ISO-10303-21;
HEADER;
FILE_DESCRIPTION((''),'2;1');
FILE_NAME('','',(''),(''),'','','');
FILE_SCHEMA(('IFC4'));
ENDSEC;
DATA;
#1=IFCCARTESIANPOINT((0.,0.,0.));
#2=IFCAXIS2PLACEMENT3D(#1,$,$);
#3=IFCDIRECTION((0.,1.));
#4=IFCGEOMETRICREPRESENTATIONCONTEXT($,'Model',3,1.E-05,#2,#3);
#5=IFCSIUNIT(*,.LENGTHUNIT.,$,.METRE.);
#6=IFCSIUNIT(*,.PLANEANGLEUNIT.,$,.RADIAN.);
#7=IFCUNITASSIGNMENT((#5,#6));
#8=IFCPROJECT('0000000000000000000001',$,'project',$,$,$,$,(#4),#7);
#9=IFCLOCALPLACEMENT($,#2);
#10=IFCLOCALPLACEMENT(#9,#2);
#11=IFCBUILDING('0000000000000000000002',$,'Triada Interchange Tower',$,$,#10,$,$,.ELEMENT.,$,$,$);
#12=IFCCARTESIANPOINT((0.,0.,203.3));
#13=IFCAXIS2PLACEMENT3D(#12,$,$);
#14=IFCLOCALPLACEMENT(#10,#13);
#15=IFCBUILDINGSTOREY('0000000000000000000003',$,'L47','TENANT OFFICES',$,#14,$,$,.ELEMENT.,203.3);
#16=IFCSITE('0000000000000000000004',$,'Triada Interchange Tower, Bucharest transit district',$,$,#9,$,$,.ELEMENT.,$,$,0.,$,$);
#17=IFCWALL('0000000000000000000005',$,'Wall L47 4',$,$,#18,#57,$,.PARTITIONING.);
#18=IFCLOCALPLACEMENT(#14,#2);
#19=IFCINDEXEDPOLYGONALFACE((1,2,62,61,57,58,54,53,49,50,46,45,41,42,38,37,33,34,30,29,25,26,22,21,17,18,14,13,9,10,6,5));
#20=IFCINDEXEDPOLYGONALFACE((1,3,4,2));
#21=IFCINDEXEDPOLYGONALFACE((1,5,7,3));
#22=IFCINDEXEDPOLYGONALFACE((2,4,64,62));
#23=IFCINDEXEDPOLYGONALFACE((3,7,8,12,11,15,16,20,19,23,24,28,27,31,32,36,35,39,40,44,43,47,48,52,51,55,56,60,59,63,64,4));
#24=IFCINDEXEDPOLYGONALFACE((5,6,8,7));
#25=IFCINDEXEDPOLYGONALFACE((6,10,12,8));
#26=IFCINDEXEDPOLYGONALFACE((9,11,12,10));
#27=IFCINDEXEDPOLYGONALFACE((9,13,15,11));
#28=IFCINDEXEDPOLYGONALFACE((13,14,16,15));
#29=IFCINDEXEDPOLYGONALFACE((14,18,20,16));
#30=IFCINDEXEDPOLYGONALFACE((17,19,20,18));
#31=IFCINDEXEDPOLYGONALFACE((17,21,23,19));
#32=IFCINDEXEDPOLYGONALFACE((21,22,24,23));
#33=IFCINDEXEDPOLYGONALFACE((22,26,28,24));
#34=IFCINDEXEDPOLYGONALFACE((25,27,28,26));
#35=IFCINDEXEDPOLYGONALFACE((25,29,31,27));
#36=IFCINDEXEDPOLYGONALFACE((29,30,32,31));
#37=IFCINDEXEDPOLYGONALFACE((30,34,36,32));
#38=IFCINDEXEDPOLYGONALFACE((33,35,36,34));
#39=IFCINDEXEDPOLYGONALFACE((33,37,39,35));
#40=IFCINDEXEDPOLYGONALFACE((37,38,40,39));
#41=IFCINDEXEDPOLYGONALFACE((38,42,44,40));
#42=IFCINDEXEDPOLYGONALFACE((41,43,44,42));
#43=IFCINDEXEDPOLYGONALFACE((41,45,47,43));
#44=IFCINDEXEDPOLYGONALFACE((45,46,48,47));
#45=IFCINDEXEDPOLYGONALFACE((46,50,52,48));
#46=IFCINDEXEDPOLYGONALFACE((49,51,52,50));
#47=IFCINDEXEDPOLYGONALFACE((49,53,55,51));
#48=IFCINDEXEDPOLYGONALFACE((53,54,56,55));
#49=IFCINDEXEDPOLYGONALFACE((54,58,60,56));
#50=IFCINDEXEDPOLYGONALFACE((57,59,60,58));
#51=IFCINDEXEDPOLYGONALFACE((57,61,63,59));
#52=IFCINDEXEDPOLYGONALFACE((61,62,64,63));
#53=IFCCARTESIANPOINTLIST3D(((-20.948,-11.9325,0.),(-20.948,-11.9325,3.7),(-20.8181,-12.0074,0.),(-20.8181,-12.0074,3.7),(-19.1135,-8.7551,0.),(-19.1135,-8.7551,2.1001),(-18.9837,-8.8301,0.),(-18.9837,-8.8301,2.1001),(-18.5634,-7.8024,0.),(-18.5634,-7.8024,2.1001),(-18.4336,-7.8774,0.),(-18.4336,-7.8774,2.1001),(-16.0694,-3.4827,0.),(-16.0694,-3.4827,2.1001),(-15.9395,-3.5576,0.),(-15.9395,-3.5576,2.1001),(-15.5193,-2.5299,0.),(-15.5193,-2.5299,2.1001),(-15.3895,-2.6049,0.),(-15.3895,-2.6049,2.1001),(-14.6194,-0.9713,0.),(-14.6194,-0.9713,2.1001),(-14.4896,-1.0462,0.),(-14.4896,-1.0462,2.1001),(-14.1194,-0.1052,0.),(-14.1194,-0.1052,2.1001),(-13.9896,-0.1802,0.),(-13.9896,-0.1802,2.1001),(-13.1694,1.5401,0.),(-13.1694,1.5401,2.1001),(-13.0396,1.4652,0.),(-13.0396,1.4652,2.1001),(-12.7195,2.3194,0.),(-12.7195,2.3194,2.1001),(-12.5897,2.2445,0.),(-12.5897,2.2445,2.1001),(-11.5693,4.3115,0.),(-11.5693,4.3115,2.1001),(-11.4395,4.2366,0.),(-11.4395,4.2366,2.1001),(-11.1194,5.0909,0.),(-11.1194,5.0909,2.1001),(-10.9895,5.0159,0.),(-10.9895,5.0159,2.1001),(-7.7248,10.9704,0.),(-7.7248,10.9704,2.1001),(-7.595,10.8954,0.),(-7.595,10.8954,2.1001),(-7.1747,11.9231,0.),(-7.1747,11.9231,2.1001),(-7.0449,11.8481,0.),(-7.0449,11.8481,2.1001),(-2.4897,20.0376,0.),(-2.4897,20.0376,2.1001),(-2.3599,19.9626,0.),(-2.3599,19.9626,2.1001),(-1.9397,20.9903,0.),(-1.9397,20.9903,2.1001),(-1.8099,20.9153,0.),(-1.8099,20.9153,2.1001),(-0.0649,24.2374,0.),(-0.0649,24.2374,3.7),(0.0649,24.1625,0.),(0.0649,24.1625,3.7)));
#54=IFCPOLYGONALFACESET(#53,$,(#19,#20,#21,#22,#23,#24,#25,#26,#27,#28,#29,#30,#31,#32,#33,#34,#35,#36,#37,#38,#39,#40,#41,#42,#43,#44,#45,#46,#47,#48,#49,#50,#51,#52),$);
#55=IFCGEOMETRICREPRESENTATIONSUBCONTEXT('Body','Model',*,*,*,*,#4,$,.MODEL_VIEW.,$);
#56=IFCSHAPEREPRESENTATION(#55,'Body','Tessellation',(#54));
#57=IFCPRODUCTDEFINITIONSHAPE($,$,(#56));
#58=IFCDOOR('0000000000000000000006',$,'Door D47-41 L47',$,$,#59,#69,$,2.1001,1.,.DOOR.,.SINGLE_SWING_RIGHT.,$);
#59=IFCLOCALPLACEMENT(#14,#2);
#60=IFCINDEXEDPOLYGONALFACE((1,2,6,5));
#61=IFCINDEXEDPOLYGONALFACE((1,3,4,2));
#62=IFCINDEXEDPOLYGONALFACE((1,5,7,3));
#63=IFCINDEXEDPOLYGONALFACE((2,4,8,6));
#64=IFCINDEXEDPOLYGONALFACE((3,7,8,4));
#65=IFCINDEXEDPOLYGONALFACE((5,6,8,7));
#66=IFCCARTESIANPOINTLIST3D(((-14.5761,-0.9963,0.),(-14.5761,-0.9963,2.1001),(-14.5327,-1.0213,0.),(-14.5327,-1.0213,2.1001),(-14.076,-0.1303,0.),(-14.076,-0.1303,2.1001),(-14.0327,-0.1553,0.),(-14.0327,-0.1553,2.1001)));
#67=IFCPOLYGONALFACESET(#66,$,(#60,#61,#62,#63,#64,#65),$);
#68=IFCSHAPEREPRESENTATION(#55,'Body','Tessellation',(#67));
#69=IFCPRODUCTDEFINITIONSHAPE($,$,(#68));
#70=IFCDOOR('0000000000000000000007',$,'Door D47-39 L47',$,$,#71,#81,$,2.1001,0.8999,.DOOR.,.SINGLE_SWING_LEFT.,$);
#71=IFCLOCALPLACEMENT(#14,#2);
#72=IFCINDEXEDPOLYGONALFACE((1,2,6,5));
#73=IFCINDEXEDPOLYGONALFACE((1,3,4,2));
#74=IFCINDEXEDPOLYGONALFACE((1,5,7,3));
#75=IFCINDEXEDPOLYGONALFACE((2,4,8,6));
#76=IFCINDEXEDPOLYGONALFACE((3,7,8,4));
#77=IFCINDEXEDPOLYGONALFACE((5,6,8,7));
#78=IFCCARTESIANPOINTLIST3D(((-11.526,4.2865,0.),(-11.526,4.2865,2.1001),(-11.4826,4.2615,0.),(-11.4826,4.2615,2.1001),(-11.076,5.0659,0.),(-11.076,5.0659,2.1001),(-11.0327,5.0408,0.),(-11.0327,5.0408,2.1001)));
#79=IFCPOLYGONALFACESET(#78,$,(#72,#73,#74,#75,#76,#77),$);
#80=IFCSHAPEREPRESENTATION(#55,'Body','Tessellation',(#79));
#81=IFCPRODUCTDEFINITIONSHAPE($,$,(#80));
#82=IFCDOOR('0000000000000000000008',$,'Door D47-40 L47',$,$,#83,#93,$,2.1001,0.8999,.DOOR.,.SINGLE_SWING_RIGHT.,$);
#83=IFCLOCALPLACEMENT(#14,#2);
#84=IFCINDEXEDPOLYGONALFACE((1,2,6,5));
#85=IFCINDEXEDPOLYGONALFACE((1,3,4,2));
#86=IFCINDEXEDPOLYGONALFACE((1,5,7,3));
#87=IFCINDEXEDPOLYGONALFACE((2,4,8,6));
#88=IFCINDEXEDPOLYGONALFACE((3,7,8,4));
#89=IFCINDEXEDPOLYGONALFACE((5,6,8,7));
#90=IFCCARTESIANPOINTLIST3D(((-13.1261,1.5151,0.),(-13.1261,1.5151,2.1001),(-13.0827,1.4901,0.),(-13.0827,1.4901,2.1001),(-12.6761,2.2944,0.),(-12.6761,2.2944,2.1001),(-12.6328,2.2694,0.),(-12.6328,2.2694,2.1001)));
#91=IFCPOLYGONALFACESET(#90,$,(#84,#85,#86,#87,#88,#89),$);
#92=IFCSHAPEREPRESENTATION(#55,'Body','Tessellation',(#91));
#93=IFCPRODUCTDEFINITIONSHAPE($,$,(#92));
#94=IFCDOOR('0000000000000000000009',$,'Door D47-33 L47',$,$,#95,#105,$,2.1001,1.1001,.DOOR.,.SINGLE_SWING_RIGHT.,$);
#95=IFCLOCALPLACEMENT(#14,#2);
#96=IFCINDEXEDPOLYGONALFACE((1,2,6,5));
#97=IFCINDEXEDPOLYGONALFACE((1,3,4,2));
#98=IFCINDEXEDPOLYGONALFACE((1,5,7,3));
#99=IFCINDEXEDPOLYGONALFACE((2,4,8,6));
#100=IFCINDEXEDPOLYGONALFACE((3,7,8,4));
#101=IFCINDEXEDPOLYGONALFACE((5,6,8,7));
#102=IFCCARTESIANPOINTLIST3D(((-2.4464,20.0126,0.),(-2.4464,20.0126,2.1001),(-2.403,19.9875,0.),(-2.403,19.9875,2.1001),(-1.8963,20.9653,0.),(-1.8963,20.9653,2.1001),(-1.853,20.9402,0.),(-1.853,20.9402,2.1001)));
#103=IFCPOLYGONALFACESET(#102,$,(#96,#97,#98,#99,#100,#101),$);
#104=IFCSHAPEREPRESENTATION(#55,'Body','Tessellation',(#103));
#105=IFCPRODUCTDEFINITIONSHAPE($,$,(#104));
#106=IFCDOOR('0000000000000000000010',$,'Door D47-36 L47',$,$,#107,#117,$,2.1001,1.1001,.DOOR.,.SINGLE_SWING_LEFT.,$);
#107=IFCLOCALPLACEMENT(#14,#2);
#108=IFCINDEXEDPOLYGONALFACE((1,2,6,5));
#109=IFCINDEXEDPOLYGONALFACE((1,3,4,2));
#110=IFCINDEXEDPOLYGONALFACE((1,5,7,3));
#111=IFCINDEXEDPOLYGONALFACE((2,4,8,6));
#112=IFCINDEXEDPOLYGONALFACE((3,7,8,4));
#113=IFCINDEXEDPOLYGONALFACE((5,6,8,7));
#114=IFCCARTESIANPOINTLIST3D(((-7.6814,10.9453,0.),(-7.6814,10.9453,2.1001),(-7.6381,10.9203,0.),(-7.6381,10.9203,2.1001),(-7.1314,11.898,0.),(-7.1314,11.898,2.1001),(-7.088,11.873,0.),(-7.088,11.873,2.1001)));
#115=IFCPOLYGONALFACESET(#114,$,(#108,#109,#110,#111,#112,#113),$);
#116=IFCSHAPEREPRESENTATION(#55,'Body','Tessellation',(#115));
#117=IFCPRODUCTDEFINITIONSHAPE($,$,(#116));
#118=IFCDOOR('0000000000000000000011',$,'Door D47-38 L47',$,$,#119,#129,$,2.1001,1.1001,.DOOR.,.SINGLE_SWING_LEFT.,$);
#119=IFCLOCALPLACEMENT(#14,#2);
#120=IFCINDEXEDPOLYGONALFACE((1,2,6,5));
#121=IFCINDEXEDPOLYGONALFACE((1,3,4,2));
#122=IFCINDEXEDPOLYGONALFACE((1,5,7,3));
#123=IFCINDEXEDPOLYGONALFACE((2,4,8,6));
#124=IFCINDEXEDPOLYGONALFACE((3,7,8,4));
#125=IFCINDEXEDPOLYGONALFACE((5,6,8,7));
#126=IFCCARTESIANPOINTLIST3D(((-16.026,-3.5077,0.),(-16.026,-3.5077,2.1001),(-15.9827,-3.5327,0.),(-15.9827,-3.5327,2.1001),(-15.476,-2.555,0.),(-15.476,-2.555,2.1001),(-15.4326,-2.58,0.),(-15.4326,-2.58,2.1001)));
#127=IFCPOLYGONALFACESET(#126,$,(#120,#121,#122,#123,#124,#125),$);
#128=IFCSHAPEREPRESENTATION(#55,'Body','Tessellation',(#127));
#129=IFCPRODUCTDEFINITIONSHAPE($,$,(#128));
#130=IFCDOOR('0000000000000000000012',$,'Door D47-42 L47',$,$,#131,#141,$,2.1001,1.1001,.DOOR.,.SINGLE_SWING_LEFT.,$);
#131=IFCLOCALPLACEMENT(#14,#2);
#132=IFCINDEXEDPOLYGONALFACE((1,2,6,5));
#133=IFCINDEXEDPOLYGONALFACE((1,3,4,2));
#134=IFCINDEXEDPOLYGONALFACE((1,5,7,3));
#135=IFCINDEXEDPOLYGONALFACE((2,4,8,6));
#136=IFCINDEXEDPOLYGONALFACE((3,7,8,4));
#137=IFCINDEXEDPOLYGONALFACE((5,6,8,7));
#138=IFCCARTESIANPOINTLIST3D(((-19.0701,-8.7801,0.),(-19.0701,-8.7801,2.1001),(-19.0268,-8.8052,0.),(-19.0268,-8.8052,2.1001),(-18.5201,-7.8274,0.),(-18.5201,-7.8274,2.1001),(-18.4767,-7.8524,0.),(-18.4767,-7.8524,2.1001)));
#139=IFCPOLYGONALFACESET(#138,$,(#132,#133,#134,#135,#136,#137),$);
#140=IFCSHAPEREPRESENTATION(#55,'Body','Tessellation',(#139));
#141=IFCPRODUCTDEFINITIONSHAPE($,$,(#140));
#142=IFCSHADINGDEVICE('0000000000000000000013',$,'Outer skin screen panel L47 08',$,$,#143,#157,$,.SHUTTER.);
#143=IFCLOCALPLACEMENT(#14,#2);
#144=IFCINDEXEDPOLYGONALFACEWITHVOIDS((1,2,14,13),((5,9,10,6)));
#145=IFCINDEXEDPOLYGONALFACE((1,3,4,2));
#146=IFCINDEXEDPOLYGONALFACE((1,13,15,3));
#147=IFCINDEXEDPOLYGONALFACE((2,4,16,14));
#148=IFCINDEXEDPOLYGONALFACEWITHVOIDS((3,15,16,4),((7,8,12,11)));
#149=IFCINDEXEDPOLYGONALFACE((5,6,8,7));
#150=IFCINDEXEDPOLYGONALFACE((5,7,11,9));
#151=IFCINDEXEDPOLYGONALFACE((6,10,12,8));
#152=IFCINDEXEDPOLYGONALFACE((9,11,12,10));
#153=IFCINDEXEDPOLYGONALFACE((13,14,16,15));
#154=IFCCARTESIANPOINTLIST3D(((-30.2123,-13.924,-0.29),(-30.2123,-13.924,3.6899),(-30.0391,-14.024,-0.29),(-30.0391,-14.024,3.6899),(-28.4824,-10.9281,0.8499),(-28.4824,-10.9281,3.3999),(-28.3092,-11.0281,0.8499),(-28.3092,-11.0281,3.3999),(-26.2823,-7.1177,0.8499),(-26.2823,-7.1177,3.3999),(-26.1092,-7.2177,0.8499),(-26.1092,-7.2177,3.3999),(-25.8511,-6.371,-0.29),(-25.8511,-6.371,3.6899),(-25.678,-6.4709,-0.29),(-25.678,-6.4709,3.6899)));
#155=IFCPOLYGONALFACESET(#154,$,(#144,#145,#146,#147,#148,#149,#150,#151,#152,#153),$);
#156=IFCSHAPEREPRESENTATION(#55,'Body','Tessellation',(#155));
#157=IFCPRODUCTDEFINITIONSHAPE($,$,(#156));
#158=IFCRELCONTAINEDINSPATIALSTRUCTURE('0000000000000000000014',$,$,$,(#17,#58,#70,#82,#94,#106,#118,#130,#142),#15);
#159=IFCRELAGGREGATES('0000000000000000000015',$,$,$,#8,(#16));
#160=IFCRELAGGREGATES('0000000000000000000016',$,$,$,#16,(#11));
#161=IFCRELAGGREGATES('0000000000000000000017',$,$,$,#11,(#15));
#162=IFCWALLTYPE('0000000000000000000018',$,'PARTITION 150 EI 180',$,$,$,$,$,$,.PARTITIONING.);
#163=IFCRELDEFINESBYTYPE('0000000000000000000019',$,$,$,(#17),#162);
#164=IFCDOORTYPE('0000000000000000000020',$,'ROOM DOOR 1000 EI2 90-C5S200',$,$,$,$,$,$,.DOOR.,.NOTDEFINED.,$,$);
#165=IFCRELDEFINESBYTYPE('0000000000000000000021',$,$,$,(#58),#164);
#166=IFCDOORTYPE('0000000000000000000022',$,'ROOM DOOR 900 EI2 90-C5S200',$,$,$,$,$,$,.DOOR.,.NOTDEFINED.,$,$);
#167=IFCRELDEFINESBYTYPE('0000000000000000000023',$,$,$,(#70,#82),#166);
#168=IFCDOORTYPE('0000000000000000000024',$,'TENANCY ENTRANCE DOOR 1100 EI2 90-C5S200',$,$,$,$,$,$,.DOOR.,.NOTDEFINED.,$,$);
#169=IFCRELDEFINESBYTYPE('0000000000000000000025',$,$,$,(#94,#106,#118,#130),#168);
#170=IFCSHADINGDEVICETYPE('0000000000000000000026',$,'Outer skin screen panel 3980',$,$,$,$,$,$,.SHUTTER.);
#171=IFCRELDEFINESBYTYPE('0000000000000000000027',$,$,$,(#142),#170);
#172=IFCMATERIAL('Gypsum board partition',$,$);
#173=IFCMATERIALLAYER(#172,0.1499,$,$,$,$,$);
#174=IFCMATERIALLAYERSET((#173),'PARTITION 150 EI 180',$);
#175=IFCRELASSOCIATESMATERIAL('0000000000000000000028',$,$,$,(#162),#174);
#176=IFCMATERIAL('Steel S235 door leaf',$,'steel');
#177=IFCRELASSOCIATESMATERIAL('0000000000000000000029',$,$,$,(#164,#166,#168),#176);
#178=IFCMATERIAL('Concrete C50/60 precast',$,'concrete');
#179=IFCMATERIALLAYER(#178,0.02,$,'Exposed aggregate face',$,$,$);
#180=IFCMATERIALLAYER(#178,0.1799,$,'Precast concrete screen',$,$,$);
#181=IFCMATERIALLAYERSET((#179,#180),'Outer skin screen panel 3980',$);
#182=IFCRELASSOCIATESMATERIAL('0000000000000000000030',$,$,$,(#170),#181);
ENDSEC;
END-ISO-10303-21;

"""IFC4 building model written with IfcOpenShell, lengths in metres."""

from ifc_helpers import new_model, si_unit, direction, frame, frame_2d, origin, place, context, subcontext, project, spatial, polyline, rectangle, outline, extrude, material, layer, layer_set, type_object, element, fill, save


model = new_model("IFC4")

# Units and contexts
model_context = context("Model", 3, precision=1e-05, world=origin(), true_north=direction((0.0, 1.0)))
body_context = subcontext(model_context, "Body", "Model", "MODEL_VIEW")
ifc_project = project(units=[si_unit("LENGTHUNIT", "METRE"), si_unit("PLANEANGLEUNIT", "RADIAN")], contexts=[model_context])

# Site, building, storey
site_placement = place(None, origin())
site = spatial("IfcSite", under=ifc_project, at=site_placement, Name="Triada Interchange Tower, Bucharest transit district", CompositionType="ELEMENT", RefElevation=0.0)
building_placement = place(site_placement, origin())
building = spatial("IfcBuilding", under=site, at=building_placement, Name="Triada Interchange Tower", CompositionType="ELEMENT")
storey_placement = place(building_placement, frame((0.0, 0.0, 203.3)))
storey = spatial("IfcBuildingStorey", under=building, at=storey_placement, Name="L47", Description="TENANT OFFICES", CompositionType="ELEMENT", Elevation=203.3)

# Wall, openings, doors
ifc_material_1 = material(Name="Gypsum board partition")
ifc_layer_1 = layer(ifc_material_1, 0.1499)
ifc_layer_set_1 = layer_set([ifc_layer_1], Name="PARTITION 150 EI 180")
wall_type = type_object("IfcWallType", Name="PARTITION 150 EI 180", PredefinedType="PARTITIONING", material=ifc_layer_set_1)
wall_placement = place(storey_placement, frame((-20.8831, -11.97, 0.0), z_axis=(0.0, 0.0, 1.0), x_axis=(0.500006, 0.866022, 0.0)))
wall = element("IfcWall", 1, at=wall_placement, inside=storey, type_object=wall_type, Name="Wall L47 4", PredefinedType="PARTITIONING", context=body_context, shape_type="SweptSolid", body=[
    extrude(rectangle(XDim=41.7656, YDim=0.1499, at=frame_2d((20.8828, 0.0))), origin(), (0.0, 0.0, 1.0), 3.7),
])
opening_1_placement = place(wall_placement, frame((36.916, 0.0, 0.0)))
opening_1 = element("IfcOpeningElement", 2, at=opening_1_placement, cuts=wall, PredefinedType="OPENING", context=body_context, shape_type="SweptSolid", body=[
    extrude(rectangle(XDim=1.1001, YDim=2.1001, at=frame_2d((0.55, 1.05))), frame((0.0, 0.085, 0.0), z_axis=(0.0, -1.0, 0.0), x_axis=(1.0, 0.0, 0.0)), (0.0, 0.0, 1.0), 0.1699),
])
opening_2_placement = place(wall_placement, frame((26.446, 0.0, 0.0)))
opening_2 = element("IfcOpeningElement", 3, at=opening_2_placement, cuts=wall, PredefinedType="OPENING", context=body_context, shape_type="SweptSolid", body=[
    extrude(rectangle(XDim=1.1001, YDim=2.1001, at=frame_2d((0.55, 1.05))), frame((0.0, 0.085, 0.0), z_axis=(0.0, -1.0, 0.0), x_axis=(1.0, 0.0, 0.0)), (0.0, 0.0, 1.0), 0.1699),
])
opening_3_placement = place(wall_placement, frame((9.7571, 0.0, 0.0)))
opening_3 = element("IfcOpeningElement", 4, at=opening_3_placement, cuts=wall, PredefinedType="OPENING", context=body_context, shape_type="SweptSolid", body=[
    extrude(rectangle(XDim=1.1001, YDim=2.1001, at=frame_2d((0.55, 1.05))), frame((0.0, 0.085, 0.0), z_axis=(0.0, -1.0, 0.0), x_axis=(1.0, 0.0, 0.0)), (0.0, 0.0, 1.0), 0.1699),
])
opening_4_placement = place(wall_placement, frame((18.7571, 0.0, 0.0)))
opening_4 = element("IfcOpeningElement", 5, at=opening_4_placement, cuts=wall, PredefinedType="OPENING", context=body_context, shape_type="SweptSolid", body=[
    extrude(rectangle(XDim=0.8999, YDim=2.1001, at=frame_2d((0.45, 1.05))), frame((0.0, 0.085, 0.0), z_axis=(0.0, -1.0, 0.0), x_axis=(1.0, 0.0, 0.0)), (0.0, 0.0, 1.0), 0.1699),
])
opening_5_placement = place(wall_placement, frame((15.5569, 0.0, 0.0)))
opening_5 = element("IfcOpeningElement", 6, at=opening_5_placement, cuts=wall, PredefinedType="OPENING", context=body_context, shape_type="SweptSolid", body=[
    extrude(rectangle(XDim=0.8999, YDim=2.1001, at=frame_2d((0.45, 1.05))), frame((0.0, 0.085, 0.0), z_axis=(0.0, -1.0, 0.0), x_axis=(1.0, 0.0, 0.0)), (0.0, 0.0, 1.0), 0.1699),
])
opening_6_placement = place(wall_placement, frame((12.657, 0.0, 0.0)))
opening_6 = element("IfcOpeningElement", 7, at=opening_6_placement, cuts=wall, PredefinedType="OPENING", context=body_context, shape_type="SweptSolid", body=[
    extrude(rectangle(XDim=1.0, YDim=2.1001, at=frame_2d((0.5, 1.05))), frame((0.0, 0.085, 0.0), z_axis=(0.0, -1.0, 0.0), x_axis=(1.0, 0.0, 0.0)), (0.0, 0.0, 1.0), 0.1699),
])
opening_7_placement = place(wall_placement, frame((3.6689, 0.0, 0.0)))
opening_7 = element("IfcOpeningElement", 8, at=opening_7_placement, cuts=wall, PredefinedType="OPENING", context=body_context, shape_type="SweptSolid", body=[
    extrude(rectangle(XDim=1.1001, YDim=2.1001, at=frame_2d((0.55, 1.05))), frame((0.0, 0.085, 0.0), z_axis=(0.0, -1.0, 0.0), x_axis=(1.0, 0.0, 0.0)), (0.0, 0.0, 1.0), 0.1699),
])
ifc_material_2 = material(Name="Steel S235 door leaf", Category="steel")
door_type_1 = type_object("IfcDoorType", Name="ROOM DOOR 1000 EI2 90-C5S200", OperationType="NOTDEFINED", PredefinedType="DOOR", material=ifc_material_2)
door_1_placement = place(opening_6_placement, origin())
door_1 = element("IfcDoor", 9, at=door_1_placement, inside=storey, type_object=door_type_1, Name="Door D47-41 L47", OperationType="SINGLE_SWING_RIGHT", OverallHeight=2.1001, OverallWidth=1.0, PredefinedType="DOOR", context=body_context, shape_type="SweptSolid", body=[
    extrude(rectangle(XDim=1.0, YDim=2.1001, at=frame_2d((0.5, 1.05))), frame((0.0, 0.0249, 0.0), z_axis=(0.0, -1.0, 0.0), x_axis=(1.0, 0.0, 0.0)), (0.0, 0.0, 1.0), 0.05),
])
fill(opening_6, door_1)
door_type_2 = type_object("IfcDoorType", Name="ROOM DOOR 900 EI2 90-C5S200", OperationType="NOTDEFINED", PredefinedType="DOOR", material=ifc_material_2)
door_2_placement = place(opening_4_placement, origin())
door_2 = element("IfcDoor", 10, at=door_2_placement, inside=storey, type_object=door_type_2, Name="Door D47-39 L47", OperationType="SINGLE_SWING_LEFT", OverallHeight=2.1001, OverallWidth=0.8999, PredefinedType="DOOR", context=body_context, shape_type="SweptSolid", body=[
    extrude(rectangle(XDim=0.8999, YDim=2.1001, at=frame_2d((0.45, 1.05))), frame((0.0, 0.0249, 0.0), z_axis=(0.0, -1.0, 0.0), x_axis=(1.0, 0.0, 0.0)), (0.0, 0.0, 1.0), 0.05),
])
fill(opening_4, door_2)
door_3_placement = place(opening_5_placement, origin())
door_3 = element("IfcDoor", 11, at=door_3_placement, inside=storey, type_object=door_type_2, Name="Door D47-40 L47", OperationType="SINGLE_SWING_RIGHT", OverallHeight=2.1001, OverallWidth=0.8999, PredefinedType="DOOR", context=body_context, shape_type="SweptSolid", body=[
    extrude(rectangle(XDim=0.8999, YDim=2.1001, at=frame_2d((0.45, 1.05))), frame((0.0, 0.0249, 0.0), z_axis=(0.0, -1.0, 0.0), x_axis=(1.0, 0.0, 0.0)), (0.0, 0.0, 1.0), 0.05),
])
fill(opening_5, door_3)
door_type_3 = type_object("IfcDoorType", Name="TENANCY ENTRANCE DOOR 1100 EI2 90-C5S200", OperationType="NOTDEFINED", PredefinedType="DOOR", material=ifc_material_2)
door_4_placement = place(opening_1_placement, origin())
door_4 = element("IfcDoor", 12, at=door_4_placement, inside=storey, type_object=door_type_3, Name="Door D47-33 L47", OperationType="SINGLE_SWING_RIGHT", OverallHeight=2.1001, OverallWidth=1.1001, PredefinedType="DOOR", context=body_context, shape_type="SweptSolid", body=[
    extrude(rectangle(XDim=1.1001, YDim=2.1001, at=frame_2d((0.55, 1.05))), frame((0.0, 0.0249, 0.0), z_axis=(0.0, -1.0, 0.0), x_axis=(1.0, 0.0, 0.0)), (0.0, 0.0, 1.0), 0.05),
])
fill(opening_1, door_4)
door_5_placement = place(opening_2_placement, origin())
door_5 = element("IfcDoor", 13, at=door_5_placement, inside=storey, type_object=door_type_3, Name="Door D47-36 L47", OperationType="SINGLE_SWING_LEFT", OverallHeight=2.1001, OverallWidth=1.1001, PredefinedType="DOOR", context=body_context, shape_type="SweptSolid", body=[
    extrude(rectangle(XDim=1.1001, YDim=2.1001, at=frame_2d((0.55, 1.05))), frame((0.0, 0.0249, 0.0), z_axis=(0.0, -1.0, 0.0), x_axis=(1.0, 0.0, 0.0)), (0.0, 0.0, 1.0), 0.05),
])
fill(opening_2, door_5)
door_6_placement = place(opening_3_placement, origin())
door_6 = element("IfcDoor", 14, at=door_6_placement, inside=storey, type_object=door_type_3, Name="Door D47-38 L47", OperationType="SINGLE_SWING_LEFT", OverallHeight=2.1001, OverallWidth=1.1001, PredefinedType="DOOR", context=body_context, shape_type="SweptSolid", body=[
    extrude(rectangle(XDim=1.1001, YDim=2.1001, at=frame_2d((0.55, 1.05))), frame((0.0, 0.0249, 0.0), z_axis=(0.0, -1.0, 0.0), x_axis=(1.0, 0.0, 0.0)), (0.0, 0.0, 1.0), 0.05),
])
fill(opening_3, door_6)
door_7_placement = place(opening_7_placement, origin())
door_7 = element("IfcDoor", 15, at=door_7_placement, inside=storey, type_object=door_type_3, Name="Door D47-42 L47", OperationType="SINGLE_SWING_LEFT", OverallHeight=2.1001, OverallWidth=1.1001, PredefinedType="DOOR", context=body_context, shape_type="SweptSolid", body=[
    extrude(rectangle(XDim=1.1001, YDim=2.1001, at=frame_2d((0.55, 1.05))), frame((0.0, 0.0249, 0.0), z_axis=(0.0, -1.0, 0.0), x_axis=(1.0, 0.0, 0.0)), (0.0, 0.0, 1.0), 0.05),
])
fill(opening_7, door_7)

# Shading device
ifc_material_3 = material(Name="Concrete C50/60 precast", Category="concrete")
ifc_layer_2 = layer(ifc_material_3, 0.02, Name="Exposed aggregate face")
ifc_layer_3 = layer(ifc_material_3, 0.1799, Name="Precast concrete screen")
ifc_layer_set_2 = layer_set([ifc_layer_2, ifc_layer_3], Name="Outer skin screen panel 3980")
shading_device_type = type_object("IfcShadingDeviceType", Name="Outer skin screen panel 3980", PredefinedType="SHUTTER", material=ifc_layer_set_2)
shading_device_placement = place(storey_placement, frame((-25.678, -6.4709, -0.29), z_axis=(0.0, 0.0, 1.0), x_axis=(-0.500032, -0.866007, 0.0)))
element("IfcShadingDevice", 16, at=shading_device_placement, inside=storey, type_object=shading_device_type, Name="Outer skin screen panel L47 08", PredefinedType="SHUTTER", context=body_context, shape_type="SweptSolid", body=[
    extrude(outline(polyline([(0.0, 0.0), (8.7217, 0.0), (8.7217, 3.98), (0.0, 3.98), (0.0, 0.0)]), holes=[polyline([(0.8623, 1.1399), (0.8623, 3.6899), (5.2622, 3.6899), (5.2622, 1.1399), (0.8623, 1.1399)])]), frame((0.0, 0.0, 0.0), z_axis=(0.0, -1.0, 0.0), x_axis=(1.0, 0.0, 0.0)), (0.0, 0.0, 1.0), 0.2),
])

save(model, "model.ifc")
